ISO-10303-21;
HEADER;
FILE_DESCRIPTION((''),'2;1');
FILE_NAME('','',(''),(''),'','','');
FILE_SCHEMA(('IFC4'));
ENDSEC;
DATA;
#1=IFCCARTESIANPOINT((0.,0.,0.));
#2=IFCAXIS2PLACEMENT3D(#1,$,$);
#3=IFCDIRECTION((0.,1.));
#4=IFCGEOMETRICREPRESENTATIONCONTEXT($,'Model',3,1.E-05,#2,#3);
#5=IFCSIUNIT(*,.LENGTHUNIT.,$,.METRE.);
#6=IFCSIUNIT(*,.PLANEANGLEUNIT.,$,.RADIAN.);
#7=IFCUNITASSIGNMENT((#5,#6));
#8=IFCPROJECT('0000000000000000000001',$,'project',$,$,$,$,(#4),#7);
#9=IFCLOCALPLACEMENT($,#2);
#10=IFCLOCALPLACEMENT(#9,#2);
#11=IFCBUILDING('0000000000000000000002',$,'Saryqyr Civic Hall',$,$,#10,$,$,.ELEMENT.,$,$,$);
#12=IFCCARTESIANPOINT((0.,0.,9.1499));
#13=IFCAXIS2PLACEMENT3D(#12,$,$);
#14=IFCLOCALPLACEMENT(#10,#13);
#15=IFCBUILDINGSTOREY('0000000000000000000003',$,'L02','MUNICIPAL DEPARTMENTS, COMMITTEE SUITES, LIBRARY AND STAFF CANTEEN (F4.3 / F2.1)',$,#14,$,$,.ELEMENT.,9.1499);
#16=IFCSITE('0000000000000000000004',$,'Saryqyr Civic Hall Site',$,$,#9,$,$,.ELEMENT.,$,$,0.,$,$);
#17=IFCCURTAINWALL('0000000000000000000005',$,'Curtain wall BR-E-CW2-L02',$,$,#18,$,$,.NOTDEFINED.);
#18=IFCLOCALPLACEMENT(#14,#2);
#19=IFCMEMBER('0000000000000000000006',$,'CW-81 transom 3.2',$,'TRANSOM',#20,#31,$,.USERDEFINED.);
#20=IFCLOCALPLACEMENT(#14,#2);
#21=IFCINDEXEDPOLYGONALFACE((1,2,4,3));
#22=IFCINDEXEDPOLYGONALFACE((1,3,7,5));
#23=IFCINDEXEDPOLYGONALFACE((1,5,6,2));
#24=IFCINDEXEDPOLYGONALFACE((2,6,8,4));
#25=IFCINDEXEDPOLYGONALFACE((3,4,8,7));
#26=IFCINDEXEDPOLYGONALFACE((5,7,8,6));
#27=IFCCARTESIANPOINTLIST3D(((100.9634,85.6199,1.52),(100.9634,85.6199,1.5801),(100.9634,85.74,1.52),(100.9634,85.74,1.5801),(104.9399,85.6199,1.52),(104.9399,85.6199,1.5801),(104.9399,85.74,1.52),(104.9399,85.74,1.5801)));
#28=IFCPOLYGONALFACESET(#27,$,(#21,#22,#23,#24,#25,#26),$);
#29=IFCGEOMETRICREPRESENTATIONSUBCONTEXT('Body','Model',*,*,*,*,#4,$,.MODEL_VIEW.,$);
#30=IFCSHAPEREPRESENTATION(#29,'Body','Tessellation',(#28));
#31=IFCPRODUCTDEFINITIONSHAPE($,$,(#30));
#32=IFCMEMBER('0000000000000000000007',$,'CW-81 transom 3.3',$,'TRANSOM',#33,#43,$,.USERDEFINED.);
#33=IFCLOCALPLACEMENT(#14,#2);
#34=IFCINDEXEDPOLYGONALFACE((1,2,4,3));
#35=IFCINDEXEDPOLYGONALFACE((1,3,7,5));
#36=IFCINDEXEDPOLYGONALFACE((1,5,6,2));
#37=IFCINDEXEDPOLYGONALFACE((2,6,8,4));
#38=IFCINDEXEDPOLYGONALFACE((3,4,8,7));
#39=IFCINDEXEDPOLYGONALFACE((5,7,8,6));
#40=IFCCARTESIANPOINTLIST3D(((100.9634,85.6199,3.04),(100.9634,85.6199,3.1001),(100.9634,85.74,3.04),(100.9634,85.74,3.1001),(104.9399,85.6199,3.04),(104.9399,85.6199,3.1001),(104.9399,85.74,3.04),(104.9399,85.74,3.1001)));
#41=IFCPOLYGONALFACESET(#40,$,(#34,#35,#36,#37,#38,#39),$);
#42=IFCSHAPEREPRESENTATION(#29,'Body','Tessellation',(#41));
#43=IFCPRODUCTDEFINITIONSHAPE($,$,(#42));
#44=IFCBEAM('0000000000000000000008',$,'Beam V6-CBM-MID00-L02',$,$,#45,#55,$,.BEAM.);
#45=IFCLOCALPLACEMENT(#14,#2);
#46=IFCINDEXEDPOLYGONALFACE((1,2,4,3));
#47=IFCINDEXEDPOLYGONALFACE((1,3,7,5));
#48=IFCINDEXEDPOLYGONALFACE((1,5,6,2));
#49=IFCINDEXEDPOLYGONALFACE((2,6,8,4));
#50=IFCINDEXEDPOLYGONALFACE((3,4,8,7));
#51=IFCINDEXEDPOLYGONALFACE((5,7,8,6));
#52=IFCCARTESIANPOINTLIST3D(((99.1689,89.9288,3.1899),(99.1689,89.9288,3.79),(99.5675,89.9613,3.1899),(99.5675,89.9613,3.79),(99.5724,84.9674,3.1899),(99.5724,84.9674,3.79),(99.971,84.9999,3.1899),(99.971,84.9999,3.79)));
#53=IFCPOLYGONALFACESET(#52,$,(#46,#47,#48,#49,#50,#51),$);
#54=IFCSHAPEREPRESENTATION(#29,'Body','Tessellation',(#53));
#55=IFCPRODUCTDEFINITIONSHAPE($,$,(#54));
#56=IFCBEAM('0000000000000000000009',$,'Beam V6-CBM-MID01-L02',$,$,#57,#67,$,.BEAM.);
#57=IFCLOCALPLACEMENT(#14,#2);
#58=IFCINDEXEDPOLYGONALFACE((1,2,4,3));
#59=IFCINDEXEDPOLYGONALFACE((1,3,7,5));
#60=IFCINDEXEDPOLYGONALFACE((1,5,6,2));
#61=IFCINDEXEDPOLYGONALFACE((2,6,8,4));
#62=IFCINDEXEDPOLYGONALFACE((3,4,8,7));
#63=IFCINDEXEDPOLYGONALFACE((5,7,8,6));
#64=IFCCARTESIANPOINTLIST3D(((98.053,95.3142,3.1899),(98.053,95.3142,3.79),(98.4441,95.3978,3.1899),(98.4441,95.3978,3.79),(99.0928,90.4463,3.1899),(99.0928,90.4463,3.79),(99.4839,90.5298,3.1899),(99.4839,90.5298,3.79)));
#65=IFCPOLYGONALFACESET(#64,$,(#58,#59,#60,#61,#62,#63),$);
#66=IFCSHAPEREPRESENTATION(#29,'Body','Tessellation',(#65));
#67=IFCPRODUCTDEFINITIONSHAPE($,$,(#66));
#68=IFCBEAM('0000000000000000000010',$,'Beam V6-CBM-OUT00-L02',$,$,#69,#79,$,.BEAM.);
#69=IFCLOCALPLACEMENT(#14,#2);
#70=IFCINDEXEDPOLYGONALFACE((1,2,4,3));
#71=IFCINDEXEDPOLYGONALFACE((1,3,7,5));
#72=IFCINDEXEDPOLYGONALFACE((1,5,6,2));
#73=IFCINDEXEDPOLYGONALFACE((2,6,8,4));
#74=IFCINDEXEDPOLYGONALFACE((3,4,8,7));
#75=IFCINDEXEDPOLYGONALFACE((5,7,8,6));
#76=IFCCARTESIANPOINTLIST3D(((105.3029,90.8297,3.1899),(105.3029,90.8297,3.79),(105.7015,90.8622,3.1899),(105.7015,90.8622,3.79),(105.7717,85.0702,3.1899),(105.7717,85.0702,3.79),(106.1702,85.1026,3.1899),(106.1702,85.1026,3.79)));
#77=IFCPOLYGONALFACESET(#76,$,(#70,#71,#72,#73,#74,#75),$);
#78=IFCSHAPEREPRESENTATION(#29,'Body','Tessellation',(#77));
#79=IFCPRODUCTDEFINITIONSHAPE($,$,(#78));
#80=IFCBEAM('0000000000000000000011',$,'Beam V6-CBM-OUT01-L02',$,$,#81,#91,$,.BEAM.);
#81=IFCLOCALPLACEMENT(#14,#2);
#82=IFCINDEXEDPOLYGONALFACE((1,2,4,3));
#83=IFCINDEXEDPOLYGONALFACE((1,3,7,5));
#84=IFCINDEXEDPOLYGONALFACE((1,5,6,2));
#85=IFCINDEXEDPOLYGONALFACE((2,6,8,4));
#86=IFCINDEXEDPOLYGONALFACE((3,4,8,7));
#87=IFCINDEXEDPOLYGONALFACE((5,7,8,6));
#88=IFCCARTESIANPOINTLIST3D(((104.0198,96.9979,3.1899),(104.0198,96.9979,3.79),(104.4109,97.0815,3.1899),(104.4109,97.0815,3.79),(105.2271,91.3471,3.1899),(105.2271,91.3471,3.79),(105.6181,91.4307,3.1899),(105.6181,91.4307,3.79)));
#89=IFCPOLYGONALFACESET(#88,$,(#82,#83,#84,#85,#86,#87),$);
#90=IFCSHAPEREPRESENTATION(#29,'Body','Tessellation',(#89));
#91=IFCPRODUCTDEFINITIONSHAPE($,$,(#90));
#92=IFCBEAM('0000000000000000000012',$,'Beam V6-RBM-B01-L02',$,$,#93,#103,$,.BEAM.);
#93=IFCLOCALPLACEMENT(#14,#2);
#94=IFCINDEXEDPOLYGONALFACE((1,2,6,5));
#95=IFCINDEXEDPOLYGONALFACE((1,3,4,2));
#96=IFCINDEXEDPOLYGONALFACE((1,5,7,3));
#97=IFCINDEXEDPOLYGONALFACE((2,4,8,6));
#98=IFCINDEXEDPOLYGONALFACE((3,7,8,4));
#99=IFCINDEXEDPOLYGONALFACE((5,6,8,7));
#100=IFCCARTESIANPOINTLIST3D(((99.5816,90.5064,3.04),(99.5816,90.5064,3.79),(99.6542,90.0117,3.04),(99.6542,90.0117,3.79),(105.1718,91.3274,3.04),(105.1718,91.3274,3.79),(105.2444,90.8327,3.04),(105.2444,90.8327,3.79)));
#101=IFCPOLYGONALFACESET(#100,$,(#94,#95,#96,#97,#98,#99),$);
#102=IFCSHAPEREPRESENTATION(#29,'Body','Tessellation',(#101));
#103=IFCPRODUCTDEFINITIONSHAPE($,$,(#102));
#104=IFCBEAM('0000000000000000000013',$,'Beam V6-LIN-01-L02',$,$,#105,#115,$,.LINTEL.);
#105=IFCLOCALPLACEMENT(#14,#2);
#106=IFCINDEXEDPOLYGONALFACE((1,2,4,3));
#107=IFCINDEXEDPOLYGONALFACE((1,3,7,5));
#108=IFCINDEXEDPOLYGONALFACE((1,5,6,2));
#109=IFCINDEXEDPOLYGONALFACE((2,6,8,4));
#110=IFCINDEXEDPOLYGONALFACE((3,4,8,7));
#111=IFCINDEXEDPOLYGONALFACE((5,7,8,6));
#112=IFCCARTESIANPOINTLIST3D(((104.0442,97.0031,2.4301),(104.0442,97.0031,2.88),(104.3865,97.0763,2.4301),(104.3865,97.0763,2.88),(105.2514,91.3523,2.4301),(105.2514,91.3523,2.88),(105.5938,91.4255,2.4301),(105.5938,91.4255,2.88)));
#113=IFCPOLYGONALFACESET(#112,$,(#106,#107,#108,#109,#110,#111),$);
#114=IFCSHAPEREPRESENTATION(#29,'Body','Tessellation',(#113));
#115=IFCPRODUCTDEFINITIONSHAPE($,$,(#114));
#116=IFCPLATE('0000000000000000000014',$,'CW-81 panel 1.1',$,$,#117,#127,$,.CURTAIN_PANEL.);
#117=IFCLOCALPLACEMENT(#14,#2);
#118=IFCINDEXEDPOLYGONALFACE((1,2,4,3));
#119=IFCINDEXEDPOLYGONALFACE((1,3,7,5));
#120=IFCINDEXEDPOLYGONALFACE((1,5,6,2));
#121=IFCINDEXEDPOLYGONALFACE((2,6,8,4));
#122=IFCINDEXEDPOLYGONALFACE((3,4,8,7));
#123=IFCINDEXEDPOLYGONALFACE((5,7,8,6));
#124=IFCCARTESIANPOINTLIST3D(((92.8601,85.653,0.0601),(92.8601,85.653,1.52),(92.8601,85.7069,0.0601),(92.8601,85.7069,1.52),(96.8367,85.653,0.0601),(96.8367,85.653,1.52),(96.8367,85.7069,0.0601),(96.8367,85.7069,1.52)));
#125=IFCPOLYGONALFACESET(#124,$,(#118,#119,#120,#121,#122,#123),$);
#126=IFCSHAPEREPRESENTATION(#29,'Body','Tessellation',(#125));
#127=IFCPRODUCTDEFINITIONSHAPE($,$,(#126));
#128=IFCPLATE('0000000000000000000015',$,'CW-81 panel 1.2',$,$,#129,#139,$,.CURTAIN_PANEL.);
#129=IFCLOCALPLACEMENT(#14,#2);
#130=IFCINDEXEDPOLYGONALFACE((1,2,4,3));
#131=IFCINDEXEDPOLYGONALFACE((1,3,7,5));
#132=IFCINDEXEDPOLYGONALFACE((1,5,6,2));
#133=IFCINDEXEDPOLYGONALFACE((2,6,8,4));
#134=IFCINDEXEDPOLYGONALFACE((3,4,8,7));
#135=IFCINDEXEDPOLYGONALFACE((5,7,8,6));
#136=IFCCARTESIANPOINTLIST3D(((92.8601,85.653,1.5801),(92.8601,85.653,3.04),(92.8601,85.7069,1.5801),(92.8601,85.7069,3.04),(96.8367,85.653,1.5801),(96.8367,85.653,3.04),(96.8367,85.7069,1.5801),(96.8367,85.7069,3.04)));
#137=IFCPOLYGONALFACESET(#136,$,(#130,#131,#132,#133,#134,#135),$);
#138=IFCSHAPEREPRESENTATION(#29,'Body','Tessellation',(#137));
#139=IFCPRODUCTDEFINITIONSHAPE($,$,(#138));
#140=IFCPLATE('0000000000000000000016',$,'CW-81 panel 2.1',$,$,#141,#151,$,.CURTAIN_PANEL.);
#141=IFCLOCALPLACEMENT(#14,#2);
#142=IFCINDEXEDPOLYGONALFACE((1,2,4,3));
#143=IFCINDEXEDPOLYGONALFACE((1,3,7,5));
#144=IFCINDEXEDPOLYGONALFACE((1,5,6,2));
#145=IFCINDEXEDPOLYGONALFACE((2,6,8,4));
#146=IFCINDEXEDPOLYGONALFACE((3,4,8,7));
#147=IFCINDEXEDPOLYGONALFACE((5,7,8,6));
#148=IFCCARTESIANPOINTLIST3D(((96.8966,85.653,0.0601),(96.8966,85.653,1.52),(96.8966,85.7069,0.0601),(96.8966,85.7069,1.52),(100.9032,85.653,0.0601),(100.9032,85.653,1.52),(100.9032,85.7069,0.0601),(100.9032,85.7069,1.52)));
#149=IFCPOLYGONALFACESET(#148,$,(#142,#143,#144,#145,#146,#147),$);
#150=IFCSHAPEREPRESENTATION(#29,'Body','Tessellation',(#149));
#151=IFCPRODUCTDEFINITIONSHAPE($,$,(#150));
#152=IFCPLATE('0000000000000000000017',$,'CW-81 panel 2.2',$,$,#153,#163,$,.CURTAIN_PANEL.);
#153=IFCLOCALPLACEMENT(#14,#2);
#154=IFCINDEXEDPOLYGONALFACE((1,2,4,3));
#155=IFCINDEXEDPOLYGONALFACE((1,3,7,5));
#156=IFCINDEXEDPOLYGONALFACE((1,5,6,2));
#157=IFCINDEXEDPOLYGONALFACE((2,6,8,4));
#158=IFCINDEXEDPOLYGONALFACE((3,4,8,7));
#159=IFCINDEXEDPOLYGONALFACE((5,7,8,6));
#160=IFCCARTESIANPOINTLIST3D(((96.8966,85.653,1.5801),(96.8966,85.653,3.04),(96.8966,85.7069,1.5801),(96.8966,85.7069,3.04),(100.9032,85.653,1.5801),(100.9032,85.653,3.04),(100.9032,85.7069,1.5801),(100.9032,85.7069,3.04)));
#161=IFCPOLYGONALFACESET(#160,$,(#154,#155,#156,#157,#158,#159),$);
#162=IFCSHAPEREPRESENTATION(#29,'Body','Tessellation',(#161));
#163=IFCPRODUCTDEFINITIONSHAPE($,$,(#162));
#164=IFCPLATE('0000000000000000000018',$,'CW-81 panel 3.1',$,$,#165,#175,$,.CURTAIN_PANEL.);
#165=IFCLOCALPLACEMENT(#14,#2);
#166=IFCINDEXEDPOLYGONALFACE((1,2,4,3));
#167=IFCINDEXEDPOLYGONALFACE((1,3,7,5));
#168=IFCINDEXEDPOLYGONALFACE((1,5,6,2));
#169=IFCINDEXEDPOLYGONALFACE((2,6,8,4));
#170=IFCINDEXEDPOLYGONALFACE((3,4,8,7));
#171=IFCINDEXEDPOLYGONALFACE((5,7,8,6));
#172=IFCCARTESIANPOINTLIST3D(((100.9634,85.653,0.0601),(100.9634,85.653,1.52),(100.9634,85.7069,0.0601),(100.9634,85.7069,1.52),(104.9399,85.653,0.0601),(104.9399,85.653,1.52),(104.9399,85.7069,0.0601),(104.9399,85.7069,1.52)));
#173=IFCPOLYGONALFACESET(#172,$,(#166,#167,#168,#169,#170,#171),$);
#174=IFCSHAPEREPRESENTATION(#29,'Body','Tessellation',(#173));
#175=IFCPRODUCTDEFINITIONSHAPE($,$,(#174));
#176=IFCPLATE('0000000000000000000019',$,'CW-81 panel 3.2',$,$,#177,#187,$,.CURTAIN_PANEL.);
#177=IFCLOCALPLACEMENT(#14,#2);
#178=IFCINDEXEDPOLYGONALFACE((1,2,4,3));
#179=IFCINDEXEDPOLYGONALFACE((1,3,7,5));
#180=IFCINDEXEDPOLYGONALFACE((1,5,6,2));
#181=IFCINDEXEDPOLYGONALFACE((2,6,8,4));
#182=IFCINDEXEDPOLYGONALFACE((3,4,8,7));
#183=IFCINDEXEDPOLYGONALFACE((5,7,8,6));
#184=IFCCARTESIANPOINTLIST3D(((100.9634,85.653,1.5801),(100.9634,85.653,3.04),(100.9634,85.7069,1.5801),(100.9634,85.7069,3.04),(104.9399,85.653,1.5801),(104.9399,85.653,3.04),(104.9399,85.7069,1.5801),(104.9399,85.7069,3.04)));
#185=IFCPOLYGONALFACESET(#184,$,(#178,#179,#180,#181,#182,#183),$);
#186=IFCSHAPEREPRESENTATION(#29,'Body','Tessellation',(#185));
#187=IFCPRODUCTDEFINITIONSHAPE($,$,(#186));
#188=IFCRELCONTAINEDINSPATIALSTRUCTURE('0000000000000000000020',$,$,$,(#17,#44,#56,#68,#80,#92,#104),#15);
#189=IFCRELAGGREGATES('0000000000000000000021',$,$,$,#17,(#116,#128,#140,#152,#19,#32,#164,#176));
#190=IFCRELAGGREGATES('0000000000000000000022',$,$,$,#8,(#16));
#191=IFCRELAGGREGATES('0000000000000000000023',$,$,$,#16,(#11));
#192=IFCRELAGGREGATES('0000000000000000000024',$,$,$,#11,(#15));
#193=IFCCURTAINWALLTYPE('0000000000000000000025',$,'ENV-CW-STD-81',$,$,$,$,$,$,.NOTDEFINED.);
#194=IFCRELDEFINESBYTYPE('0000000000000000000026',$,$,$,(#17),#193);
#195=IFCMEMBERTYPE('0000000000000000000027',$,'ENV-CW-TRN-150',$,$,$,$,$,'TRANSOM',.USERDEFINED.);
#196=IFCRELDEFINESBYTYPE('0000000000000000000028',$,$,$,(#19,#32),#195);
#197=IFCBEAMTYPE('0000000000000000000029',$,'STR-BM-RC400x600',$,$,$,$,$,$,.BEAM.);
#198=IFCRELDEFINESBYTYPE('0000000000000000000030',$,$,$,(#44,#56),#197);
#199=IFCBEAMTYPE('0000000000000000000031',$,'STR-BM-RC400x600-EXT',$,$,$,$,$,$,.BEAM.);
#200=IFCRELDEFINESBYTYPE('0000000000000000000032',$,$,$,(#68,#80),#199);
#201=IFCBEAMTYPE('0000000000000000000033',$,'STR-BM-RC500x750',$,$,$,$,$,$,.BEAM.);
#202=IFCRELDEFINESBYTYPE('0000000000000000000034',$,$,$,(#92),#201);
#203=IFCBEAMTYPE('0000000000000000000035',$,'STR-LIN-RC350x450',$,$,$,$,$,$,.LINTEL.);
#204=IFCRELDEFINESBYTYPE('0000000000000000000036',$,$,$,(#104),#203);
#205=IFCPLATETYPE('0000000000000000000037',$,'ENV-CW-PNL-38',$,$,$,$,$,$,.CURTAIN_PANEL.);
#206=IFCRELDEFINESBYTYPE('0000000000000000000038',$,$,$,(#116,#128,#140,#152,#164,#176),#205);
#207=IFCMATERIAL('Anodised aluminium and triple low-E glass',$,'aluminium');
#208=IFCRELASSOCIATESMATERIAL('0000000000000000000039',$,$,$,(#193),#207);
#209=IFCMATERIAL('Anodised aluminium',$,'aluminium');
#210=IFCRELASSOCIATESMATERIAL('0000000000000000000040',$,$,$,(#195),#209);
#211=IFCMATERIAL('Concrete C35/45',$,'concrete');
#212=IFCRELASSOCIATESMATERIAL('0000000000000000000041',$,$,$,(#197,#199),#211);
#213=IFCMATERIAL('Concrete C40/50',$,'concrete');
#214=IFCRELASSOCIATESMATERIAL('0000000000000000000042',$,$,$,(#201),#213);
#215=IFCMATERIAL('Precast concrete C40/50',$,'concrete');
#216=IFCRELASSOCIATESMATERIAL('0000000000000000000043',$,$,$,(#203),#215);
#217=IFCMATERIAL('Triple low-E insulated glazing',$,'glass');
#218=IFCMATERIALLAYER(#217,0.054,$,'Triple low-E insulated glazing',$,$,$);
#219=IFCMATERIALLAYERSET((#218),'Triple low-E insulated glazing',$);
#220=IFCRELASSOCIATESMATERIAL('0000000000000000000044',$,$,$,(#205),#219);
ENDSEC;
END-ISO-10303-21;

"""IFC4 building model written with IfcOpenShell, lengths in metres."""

from ifc_helpers import new_model, si_unit, direction, frame, origin, origin_2d, place, context, subcontext, project, spatial, rectangle, extrude, material, layer, layer_set, material_profile, profile_set, type_object, element, aggregate, save


model = new_model("IFC4")

# Units and contexts
model_context = context("Model", 3, precision=1e-05, world=origin(), true_north=direction((0.0, 1.0)))
body_context = subcontext(model_context, "Body", "Model", "MODEL_VIEW")
ifc_project = project(units=[si_unit("LENGTHUNIT", "METRE"), si_unit("PLANEANGLEUNIT", "RADIAN")], contexts=[model_context])

# Site, building, storey
site_placement = place(None, origin())
site = spatial("IfcSite", under=ifc_project, at=site_placement, Name="Saryqyr Civic Hall Site", CompositionType="ELEMENT", RefElevation=0.0)
building_placement = place(site_placement, origin())
building = spatial("IfcBuilding", under=site, at=building_placement, Name="Saryqyr Civic Hall", CompositionType="ELEMENT")
storey_placement = place(building_placement, frame((0.0, 0.0, 9.1499)))
storey = spatial("IfcBuildingStorey", under=building, at=storey_placement, Name="L02", Description="MUNICIPAL DEPARTMENTS, COMMITTEE SUITES, LIBRARY AND STAFF CANTEEN (F4.3 / F2.1)", CompositionType="ELEMENT", Elevation=9.1499)

# Shared definitions
ifc_material_1 = material(Name="Concrete C40/50", Category="concrete")

# Curtain wall, members
ifc_material_2 = material(Name="Anodised aluminium and triple low-E glass", Category="aluminium")
curtain_wall_type = type_object("IfcCurtainWallType", Name="ENV-CW-STD-81", PredefinedType="NOTDEFINED", material=ifc_material_2)
curtain_wall_placement = place(storey_placement, origin())
curtain_wall = element("IfcCurtainWall", 1, at=curtain_wall_placement, inside=storey, type_object=curtain_wall_type, Name="Curtain wall BR-E-CW2-L02", PredefinedType="NOTDEFINED")
ifc_material_3 = material(Name="Anodised aluminium", Category="aluminium")
ifc_material_profile_1 = material_profile(ifc_material_3, rectangle(XDim=0.1201, YDim=0.0601, at=origin_2d()), Name="ALU TRANSOM 120x60")
ifc_profile_set_1 = profile_set([ifc_material_profile_1], Name="Anodised aluminium")
member_type_1 = type_object("IfcMemberType", Name="ENV-CW-TRN-150", ElementType="TRANSOM", PredefinedType="USERDEFINED", material=ifc_profile_set_1)
member_1_placement = place(storey_placement, frame((100.9634, 85.6799, 1.55), z_axis=(1.0, 0.0, 0.0), x_axis=(0.0, 1.0, 0.0)))
member_1 = element("IfcMember", 2, at=member_1_placement, type_object=member_type_1, Name="CW-81 transom 3.2", ObjectType="TRANSOM", PredefinedType="USERDEFINED", context=body_context, shape_type="SweptSolid", body=[
    extrude(rectangle(XDim=0.1201, YDim=0.0601, at=origin_2d()), origin(), (0.0, 0.0, 1.0), 3.9766),
])
member_2_placement = place(storey_placement, frame((100.9634, 85.6799, 3.0701), z_axis=(1.0, 0.0, 0.0), x_axis=(0.0, 1.0, 0.0)))
member_2 = element("IfcMember", 3, at=member_2_placement, type_object=member_type_1, Name="CW-81 transom 3.3", ObjectType="TRANSOM", PredefinedType="USERDEFINED", context=body_context, shape_type="SweptSolid", body=[
    extrude(rectangle(XDim=0.1201, YDim=0.0601, at=origin_2d()), origin(), (0.0, 0.0, 1.0), 3.9766),
])

# Beams
ifc_material_4 = material(Name="Concrete C35/45", Category="concrete")
ifc_material_profile_2 = material_profile(ifc_material_4, rectangle(XDim=0.3999, YDim=0.6001, at=origin_2d()), Name="RC 400x600")
ifc_profile_set_2 = profile_set([ifc_material_profile_2], Name="Concrete C35/45")
beam_type_1 = type_object("IfcBeamType", Name="STR-BM-RC400x600", PredefinedType="BEAM", material=ifc_profile_set_2)
for number, where, z_axis, x_axis, name in (
    (4, (99.7717, 84.9836, 3.49), (-0.081073, 0.996708, 0.0), (-0.996708, -0.081073, 0.0), "Beam V6-CBM-MID00-L02"),
    (5, (99.2883, 90.488, 3.49), (-0.208889, 0.977939, 0.0), (-0.977939, -0.208889, 0.0), "Beam V6-CBM-MID01-L02"),
):
    element("IfcBeam", number, at=place(storey_placement, frame(where, z_axis=z_axis, x_axis=x_axis)), inside=storey, type_object=beam_type_1, Name=name, PredefinedType="BEAM", context=body_context, shape_type="SweptSolid", body=[
        extrude(rectangle(XDim=0.3999, YDim=0.6001, at=origin_2d()), origin(), (0.0, 0.0, 1.0), 4.9778),
    ])
ifc_material_profile_3 = material_profile(ifc_material_4, rectangle(XDim=0.3999, YDim=0.6001, at=origin_2d()), Name="RC 400x600")
ifc_profile_set_3 = profile_set([ifc_material_profile_3], Name="Concrete C35/45")
beam_type_2 = type_object("IfcBeamType", Name="STR-BM-RC400x600-EXT", PredefinedType="BEAM", material=ifc_profile_set_3)
beam_1_placement = place(storey_placement, frame((105.9709, 85.0864, 3.49), z_axis=(-0.081119, 0.996704, 0.0), x_axis=(-0.996704, -0.081119, 0.0)))
element("IfcBeam", 6, at=beam_1_placement, inside=storey, type_object=beam_type_2, Name="Beam V6-CBM-OUT00-L02", PredefinedType="BEAM", context=body_context, shape_type="SweptSolid", body=[
    extrude(rectangle(XDim=0.3999, YDim=0.6001, at=origin_2d()), origin(), (0.0, 0.0, 1.0), 5.7786),
])
beam_2_placement = place(storey_placement, frame((105.4226, 91.3889, 3.49), z_axis=(-0.208929, 0.977931, 0.0), x_axis=(-0.977931, -0.208929, 0.0)))
element("IfcBeam", 7, at=beam_2_placement, inside=storey, type_object=beam_type_2, Name="Beam V6-CBM-OUT01-L02", PredefinedType="BEAM", context=body_context, shape_type="SweptSolid", body=[
    extrude(rectangle(XDim=0.3999, YDim=0.6001, at=origin_2d()), origin(), (0.0, 0.0, 1.0), 5.7783),
])
ifc_material_profile_4 = material_profile(ifc_material_1, rectangle(XDim=0.5, YDim=0.75, at=origin_2d()), Name="RC 500x750")
ifc_profile_set_4 = profile_set([ifc_material_profile_4], Name="Concrete C40/50")
beam_type_3 = type_object("IfcBeamType", Name="STR-BM-RC500x750", PredefinedType="BEAM", material=ifc_profile_set_4)
beam_3_placement = place(storey_placement, frame((99.6179, 90.259, 3.415), z_axis=(0.989385, 0.145316, 0.0), x_axis=(-0.145316, 0.989385, 0.0)))
element("IfcBeam", 8, at=beam_3_placement, inside=storey, type_object=beam_type_3, Name="Beam V6-RBM-B01-L02", PredefinedType="BEAM", context=body_context, shape_type="SweptSolid", body=[
    extrude(rectangle(XDim=0.5, YDim=0.75, at=origin_2d()), origin(), (0.0, 0.0, 1.0), 5.6501),
])
ifc_material_5 = material(Name="Precast concrete C40/50", Category="concrete")
ifc_material_profile_5 = material_profile(ifc_material_5, rectangle(XDim=0.3501, YDim=0.45, at=origin_2d()), Name="RC 350x450")
ifc_profile_set_5 = profile_set([ifc_material_profile_5], Name="Precast concrete C40/50")
beam_type_4 = type_object("IfcBeamType", Name="STR-LIN-RC350x450", PredefinedType="LINTEL", material=ifc_profile_set_5)
beam_4_placement = place(storey_placement, frame((105.4226, 91.3889, 2.655), z_axis=(-0.208929, 0.977931, 0.0), x_axis=(-0.977931, -0.208929, 0.0)))
element("IfcBeam", 9, at=beam_4_placement, inside=storey, type_object=beam_type_4, Name="Beam V6-LIN-01-L02", PredefinedType="LINTEL", context=body_context, shape_type="SweptSolid", body=[
    extrude(rectangle(XDim=0.3501, YDim=0.45, at=origin_2d()), origin(), (0.0, 0.0, 1.0), 5.7783),
])

# Plates
ifc_material_6 = material(Name="Triple low-E insulated glazing", Category="glass")
ifc_layer_1 = layer(ifc_material_6, 0.054, Name="Triple low-E insulated glazing")
ifc_layer_set_1 = layer_set([ifc_layer_1], Name="Triple low-E insulated glazing")
plate_type = type_object("IfcPlateType", Name="ENV-CW-PNL-38", PredefinedType="CURTAIN_PANEL", material=ifc_layer_set_1)
plate_1_placement = place(storey_placement, frame((94.8484, 85.6799, 0.0601), z_axis=(0.0, 0.0, 1.0), x_axis=(1.0, 0.0, 0.0)))
plate_1 = element("IfcPlate", 10, at=plate_1_placement, type_object=plate_type, Name="CW-81 panel 1.1", PredefinedType="CURTAIN_PANEL", context=body_context, shape_type="SweptSolid", body=[
    extrude(rectangle(XDim=3.9766, YDim=0.054, at=origin_2d()), origin(), (0.0, 0.0, 1.0), 1.46),
])
plate_2_placement = place(storey_placement, frame((94.8484, 85.6799, 1.5801), z_axis=(0.0, 0.0, 1.0), x_axis=(1.0, 0.0, 0.0)))
plate_2 = element("IfcPlate", 11, at=plate_2_placement, type_object=plate_type, Name="CW-81 panel 1.2", PredefinedType="CURTAIN_PANEL", context=body_context, shape_type="SweptSolid", body=[
    extrude(rectangle(XDim=3.9766, YDim=0.054, at=origin_2d()), origin(), (0.0, 0.0, 1.0), 1.46),
])
plate_3_placement = place(storey_placement, frame((98.8999, 85.6799, 0.0601), z_axis=(0.0, 0.0, 1.0), x_axis=(1.0, 0.0, 0.0)))
plate_3 = element("IfcPlate", 12, at=plate_3_placement, type_object=plate_type, Name="CW-81 panel 2.1", PredefinedType="CURTAIN_PANEL", context=body_context, shape_type="SweptSolid", body=[
    extrude(rectangle(XDim=4.0066, YDim=0.054, at=origin_2d()), origin(), (0.0, 0.0, 1.0), 1.46),
])
plate_4_placement = place(storey_placement, frame((98.8999, 85.6799, 1.5801), z_axis=(0.0, 0.0, 1.0), x_axis=(1.0, 0.0, 0.0)))
plate_4 = element("IfcPlate", 13, at=plate_4_placement, type_object=plate_type, Name="CW-81 panel 2.2", PredefinedType="CURTAIN_PANEL", context=body_context, shape_type="SweptSolid", body=[
    extrude(rectangle(XDim=4.0066, YDim=0.054, at=origin_2d()), origin(), (0.0, 0.0, 1.0), 1.46),
])
plate_5_placement = place(storey_placement, frame((102.9517, 85.6799, 0.0601), z_axis=(0.0, 0.0, 1.0), x_axis=(1.0, 0.0, 0.0)))
plate_5 = element("IfcPlate", 14, at=plate_5_placement, type_object=plate_type, Name="CW-81 panel 3.1", PredefinedType="CURTAIN_PANEL", context=body_context, shape_type="SweptSolid", body=[
    extrude(rectangle(XDim=3.9766, YDim=0.054, at=origin_2d()), origin(), (0.0, 0.0, 1.0), 1.46),
])
plate_6_placement = place(storey_placement, frame((102.9517, 85.6799, 1.5801), z_axis=(0.0, 0.0, 1.0), x_axis=(1.0, 0.0, 0.0)))
plate_6 = element("IfcPlate", 15, at=plate_6_placement, type_object=plate_type, Name="CW-81 panel 3.2", PredefinedType="CURTAIN_PANEL", context=body_context, shape_type="SweptSolid", body=[
    extrude(rectangle(XDim=3.9766, YDim=0.054, at=origin_2d()), origin(), (0.0, 0.0, 1.0), 1.46),
])
aggregate(curtain_wall, [plate_1, plate_2, plate_3, plate_4, member_1, member_2, plate_5, plate_6])

save(model, "model.ifc")
